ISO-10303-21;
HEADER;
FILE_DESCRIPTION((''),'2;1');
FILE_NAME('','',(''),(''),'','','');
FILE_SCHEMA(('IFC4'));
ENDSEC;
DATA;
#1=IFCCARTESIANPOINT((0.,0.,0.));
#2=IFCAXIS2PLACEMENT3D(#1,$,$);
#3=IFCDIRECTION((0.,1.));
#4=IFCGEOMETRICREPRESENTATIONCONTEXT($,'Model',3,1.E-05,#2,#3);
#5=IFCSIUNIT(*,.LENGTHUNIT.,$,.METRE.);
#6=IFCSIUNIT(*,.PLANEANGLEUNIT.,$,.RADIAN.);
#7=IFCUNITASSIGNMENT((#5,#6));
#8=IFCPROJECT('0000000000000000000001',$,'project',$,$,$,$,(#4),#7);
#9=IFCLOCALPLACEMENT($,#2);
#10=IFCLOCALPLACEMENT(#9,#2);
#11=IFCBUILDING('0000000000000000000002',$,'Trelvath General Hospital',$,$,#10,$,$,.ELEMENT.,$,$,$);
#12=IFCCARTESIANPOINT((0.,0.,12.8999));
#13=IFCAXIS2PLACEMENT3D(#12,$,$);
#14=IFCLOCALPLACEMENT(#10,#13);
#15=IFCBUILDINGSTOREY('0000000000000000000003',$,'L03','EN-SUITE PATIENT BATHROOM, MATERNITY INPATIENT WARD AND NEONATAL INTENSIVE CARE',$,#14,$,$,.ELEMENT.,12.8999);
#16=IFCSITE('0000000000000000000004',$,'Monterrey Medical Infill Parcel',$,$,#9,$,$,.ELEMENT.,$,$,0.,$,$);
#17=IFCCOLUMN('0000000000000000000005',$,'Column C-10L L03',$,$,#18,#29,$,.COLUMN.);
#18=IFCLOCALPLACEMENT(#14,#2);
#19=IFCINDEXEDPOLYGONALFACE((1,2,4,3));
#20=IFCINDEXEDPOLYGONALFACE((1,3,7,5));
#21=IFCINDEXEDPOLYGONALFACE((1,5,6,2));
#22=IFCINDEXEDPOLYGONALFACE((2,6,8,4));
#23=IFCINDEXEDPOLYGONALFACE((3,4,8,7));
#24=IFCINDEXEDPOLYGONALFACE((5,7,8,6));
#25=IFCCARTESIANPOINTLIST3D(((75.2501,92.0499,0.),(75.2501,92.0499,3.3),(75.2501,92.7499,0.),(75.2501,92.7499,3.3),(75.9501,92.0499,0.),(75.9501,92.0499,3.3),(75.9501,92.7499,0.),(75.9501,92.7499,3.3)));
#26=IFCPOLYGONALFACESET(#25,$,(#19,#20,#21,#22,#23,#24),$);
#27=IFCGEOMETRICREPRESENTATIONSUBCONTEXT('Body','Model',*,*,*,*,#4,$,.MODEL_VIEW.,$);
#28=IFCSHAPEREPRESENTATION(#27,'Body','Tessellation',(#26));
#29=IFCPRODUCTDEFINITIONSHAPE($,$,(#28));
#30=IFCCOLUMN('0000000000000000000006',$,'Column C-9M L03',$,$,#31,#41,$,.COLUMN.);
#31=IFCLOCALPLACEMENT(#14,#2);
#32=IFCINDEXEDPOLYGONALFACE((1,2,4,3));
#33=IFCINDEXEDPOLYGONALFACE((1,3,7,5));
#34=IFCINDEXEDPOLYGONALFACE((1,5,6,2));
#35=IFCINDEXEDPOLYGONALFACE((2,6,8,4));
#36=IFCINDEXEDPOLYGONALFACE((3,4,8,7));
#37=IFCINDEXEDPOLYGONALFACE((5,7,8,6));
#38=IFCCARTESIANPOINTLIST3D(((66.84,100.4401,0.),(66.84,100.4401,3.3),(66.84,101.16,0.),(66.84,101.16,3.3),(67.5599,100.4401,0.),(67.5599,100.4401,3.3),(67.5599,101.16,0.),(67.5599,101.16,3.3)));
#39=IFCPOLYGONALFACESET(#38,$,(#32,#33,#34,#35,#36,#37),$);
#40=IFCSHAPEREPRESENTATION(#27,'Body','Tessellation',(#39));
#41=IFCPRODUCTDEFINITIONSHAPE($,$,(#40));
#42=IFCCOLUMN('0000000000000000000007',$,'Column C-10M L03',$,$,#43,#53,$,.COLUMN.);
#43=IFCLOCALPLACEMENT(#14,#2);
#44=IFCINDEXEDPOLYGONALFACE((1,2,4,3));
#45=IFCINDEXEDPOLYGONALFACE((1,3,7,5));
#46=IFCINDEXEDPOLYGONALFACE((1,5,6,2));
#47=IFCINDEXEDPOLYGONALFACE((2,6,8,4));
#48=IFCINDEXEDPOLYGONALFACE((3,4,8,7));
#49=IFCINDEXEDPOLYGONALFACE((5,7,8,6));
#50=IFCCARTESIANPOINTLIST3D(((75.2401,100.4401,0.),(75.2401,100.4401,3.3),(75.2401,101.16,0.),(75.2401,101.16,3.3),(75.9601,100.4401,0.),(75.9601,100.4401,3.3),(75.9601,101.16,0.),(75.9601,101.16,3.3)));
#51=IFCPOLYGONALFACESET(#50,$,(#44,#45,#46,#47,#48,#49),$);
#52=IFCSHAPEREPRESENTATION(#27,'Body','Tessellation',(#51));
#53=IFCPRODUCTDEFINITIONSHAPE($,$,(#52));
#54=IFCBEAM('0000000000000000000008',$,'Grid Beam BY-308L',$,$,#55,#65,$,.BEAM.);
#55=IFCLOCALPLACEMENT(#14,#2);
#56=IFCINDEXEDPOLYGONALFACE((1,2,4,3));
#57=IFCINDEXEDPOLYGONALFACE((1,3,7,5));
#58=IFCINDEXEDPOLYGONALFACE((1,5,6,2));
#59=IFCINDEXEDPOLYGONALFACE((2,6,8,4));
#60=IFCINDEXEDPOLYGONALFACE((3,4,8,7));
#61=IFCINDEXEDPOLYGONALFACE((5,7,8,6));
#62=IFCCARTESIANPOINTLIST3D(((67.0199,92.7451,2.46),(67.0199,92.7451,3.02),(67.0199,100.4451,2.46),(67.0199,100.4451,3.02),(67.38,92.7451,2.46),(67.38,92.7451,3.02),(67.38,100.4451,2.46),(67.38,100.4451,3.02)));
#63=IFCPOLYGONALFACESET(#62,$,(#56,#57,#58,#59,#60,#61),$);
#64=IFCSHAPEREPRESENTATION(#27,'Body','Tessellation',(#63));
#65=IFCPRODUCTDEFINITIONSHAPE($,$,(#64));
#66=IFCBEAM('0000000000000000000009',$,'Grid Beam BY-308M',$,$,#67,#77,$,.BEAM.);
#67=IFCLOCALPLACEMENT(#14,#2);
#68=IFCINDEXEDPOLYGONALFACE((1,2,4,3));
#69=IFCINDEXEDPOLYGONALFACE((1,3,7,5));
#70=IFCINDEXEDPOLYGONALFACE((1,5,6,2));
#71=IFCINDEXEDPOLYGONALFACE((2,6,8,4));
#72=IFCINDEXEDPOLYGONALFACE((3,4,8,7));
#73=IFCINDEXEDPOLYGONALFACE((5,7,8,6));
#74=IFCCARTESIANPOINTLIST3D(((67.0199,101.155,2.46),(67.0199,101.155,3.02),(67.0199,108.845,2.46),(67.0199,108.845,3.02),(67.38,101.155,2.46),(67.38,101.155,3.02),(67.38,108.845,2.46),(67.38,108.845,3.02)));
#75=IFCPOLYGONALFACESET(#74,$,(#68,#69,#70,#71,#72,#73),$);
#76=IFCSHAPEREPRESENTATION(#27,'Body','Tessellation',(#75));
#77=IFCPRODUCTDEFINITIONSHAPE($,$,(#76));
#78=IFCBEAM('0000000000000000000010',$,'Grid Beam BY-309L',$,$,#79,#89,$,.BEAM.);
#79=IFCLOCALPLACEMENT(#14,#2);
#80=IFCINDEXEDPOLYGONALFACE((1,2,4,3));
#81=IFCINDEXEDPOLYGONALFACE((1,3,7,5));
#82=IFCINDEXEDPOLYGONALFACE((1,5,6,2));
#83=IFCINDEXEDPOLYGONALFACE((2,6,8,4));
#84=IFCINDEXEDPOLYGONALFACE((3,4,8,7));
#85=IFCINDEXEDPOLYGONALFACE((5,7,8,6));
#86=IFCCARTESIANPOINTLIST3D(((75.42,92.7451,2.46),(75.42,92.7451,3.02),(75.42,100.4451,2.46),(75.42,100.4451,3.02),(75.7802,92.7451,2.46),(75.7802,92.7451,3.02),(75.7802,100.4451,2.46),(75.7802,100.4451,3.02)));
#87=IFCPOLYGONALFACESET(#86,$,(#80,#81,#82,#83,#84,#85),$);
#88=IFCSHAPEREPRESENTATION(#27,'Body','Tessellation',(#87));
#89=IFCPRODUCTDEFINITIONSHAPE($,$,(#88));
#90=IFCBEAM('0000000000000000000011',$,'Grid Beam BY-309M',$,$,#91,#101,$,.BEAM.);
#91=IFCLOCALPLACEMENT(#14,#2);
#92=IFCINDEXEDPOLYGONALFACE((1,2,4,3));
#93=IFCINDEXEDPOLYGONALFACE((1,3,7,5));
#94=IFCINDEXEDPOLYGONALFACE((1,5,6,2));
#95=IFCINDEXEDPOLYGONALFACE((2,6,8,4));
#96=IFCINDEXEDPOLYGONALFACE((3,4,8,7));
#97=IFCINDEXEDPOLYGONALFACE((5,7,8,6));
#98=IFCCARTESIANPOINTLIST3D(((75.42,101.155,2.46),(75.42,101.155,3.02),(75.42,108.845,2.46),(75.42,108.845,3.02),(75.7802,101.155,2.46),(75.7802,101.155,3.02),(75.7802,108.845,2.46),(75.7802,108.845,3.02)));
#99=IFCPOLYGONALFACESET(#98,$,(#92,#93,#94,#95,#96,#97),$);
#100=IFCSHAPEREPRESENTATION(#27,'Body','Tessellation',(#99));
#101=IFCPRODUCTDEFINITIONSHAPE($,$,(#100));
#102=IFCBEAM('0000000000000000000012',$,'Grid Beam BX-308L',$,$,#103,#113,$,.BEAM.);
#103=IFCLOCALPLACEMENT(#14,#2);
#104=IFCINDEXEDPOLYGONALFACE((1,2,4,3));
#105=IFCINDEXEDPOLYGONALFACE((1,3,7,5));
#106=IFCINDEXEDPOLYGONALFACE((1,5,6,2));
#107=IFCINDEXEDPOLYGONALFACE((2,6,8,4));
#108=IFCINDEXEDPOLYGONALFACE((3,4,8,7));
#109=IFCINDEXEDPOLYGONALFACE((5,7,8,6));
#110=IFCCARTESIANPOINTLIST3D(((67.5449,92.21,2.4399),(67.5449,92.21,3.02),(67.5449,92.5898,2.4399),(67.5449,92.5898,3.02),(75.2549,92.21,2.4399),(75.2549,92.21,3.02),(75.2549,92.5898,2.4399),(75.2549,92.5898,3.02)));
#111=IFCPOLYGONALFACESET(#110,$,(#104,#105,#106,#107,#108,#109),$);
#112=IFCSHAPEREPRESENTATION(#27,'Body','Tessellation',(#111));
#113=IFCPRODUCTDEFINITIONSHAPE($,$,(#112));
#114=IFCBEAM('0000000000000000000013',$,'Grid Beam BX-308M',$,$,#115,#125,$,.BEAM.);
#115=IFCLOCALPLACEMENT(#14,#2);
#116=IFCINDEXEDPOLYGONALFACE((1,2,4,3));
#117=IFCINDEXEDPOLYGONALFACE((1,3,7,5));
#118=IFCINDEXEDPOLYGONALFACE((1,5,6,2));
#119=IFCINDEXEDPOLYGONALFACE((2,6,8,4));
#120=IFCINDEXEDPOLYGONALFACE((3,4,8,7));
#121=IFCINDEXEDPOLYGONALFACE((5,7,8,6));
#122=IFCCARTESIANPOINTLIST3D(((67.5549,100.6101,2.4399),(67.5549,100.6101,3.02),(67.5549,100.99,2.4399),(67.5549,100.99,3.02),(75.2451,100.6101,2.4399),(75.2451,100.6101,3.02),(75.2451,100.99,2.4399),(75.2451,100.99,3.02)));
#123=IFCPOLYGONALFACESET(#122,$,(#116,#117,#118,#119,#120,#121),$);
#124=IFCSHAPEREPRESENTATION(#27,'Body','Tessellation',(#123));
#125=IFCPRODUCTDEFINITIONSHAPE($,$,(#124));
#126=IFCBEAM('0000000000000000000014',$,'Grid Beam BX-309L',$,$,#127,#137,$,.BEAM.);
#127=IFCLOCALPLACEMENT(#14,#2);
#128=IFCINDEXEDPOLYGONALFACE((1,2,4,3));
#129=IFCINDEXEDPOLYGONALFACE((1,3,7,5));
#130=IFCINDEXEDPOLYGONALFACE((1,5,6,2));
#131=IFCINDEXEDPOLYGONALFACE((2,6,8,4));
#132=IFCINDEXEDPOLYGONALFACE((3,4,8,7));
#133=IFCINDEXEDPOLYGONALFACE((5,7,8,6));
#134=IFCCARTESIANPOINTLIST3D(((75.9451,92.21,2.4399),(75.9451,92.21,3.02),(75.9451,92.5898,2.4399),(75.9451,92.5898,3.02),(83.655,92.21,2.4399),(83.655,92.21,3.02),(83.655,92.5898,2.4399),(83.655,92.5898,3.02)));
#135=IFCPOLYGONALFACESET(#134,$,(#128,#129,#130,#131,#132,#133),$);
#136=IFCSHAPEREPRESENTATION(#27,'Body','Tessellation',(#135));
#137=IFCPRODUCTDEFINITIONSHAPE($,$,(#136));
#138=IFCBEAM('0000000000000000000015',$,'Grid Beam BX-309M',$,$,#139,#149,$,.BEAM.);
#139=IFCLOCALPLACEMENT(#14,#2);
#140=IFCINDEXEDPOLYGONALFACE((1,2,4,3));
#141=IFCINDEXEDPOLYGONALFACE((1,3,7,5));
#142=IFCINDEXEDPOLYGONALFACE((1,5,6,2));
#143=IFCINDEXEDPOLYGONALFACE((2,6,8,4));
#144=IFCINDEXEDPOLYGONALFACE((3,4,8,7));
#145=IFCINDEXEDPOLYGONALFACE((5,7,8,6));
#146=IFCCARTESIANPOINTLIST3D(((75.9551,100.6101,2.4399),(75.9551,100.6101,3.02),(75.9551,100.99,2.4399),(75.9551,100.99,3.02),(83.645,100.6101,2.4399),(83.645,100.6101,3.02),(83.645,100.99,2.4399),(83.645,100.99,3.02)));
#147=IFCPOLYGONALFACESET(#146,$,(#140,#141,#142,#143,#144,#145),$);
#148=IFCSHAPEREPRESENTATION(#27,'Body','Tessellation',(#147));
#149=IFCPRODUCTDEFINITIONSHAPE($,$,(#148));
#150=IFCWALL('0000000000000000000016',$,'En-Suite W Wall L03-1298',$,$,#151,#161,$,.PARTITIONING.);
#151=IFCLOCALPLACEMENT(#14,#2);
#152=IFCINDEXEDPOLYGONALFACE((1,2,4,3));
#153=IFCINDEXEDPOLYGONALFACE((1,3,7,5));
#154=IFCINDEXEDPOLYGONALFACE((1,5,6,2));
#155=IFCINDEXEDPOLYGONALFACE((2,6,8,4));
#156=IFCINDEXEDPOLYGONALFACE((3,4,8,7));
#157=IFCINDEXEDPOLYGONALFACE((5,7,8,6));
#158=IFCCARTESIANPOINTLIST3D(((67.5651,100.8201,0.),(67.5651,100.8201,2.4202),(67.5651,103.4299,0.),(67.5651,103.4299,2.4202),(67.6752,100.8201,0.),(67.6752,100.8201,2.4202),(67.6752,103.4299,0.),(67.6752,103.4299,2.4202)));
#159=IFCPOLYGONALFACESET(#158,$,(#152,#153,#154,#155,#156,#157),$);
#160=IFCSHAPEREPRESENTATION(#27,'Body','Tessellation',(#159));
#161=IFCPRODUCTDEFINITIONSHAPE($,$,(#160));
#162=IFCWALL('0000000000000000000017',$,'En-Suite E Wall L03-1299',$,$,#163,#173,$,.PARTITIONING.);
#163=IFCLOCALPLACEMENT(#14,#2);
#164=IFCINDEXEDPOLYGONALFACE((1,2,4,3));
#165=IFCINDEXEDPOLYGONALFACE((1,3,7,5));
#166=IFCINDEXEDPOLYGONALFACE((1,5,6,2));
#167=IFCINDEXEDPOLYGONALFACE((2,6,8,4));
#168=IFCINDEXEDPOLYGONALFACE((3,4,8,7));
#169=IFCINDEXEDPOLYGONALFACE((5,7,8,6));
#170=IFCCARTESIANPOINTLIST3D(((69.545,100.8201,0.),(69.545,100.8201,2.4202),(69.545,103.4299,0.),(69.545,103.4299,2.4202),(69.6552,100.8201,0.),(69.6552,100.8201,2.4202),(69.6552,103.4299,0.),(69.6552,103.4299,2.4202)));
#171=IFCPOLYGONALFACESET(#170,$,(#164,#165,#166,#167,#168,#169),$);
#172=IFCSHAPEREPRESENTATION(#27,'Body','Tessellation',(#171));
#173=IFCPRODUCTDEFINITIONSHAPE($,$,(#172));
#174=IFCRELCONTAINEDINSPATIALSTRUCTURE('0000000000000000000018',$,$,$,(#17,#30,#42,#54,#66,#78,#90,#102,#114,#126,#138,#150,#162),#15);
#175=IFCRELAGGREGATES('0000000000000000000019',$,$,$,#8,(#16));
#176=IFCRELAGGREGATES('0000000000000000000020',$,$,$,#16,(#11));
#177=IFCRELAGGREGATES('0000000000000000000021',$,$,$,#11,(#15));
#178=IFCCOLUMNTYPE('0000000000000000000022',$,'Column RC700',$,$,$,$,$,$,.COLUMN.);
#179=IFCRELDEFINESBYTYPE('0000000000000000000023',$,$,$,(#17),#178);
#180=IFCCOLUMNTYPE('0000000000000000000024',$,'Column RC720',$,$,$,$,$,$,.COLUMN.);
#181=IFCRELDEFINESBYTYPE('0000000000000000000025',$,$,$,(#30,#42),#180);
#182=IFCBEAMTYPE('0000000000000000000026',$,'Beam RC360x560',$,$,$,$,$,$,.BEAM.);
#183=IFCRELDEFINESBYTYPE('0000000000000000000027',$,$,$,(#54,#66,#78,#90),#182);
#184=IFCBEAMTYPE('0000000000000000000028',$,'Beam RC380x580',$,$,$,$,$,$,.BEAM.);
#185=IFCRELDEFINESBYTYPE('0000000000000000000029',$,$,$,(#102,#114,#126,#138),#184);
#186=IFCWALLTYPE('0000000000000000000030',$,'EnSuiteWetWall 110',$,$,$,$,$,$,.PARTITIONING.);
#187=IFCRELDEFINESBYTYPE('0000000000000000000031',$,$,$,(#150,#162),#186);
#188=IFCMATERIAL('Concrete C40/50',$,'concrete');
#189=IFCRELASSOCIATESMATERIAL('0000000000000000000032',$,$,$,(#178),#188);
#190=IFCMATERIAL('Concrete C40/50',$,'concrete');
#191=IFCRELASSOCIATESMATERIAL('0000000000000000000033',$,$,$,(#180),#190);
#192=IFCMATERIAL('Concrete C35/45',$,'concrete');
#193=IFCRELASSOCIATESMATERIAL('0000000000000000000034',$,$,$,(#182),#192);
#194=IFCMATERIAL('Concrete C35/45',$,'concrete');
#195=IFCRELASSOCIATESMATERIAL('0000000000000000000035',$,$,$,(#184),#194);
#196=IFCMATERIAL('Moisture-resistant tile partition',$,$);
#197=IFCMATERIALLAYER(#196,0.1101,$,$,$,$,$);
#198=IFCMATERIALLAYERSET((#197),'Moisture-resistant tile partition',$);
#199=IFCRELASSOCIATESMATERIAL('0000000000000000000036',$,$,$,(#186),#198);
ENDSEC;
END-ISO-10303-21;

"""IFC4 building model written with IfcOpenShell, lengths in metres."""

from ifc_helpers import new_model, si_unit, direction, frame, frame_2d, origin, origin_2d, place, context, subcontext, project, spatial, rectangle, extrude, material, layer, layer_set, material_profile, profile_set, type_object, element, save


model = new_model("IFC4")

# Units and contexts
model_context = context("Model", 3, precision=1e-05, world=origin(), true_north=direction((0.0, 1.0)))
body_context = subcontext(model_context, "Body", "Model", "MODEL_VIEW")
ifc_project = project(units=[si_unit("LENGTHUNIT", "METRE"), si_unit("PLANEANGLEUNIT", "RADIAN")], contexts=[model_context])

# Site, building, storey
site_placement = place(None, origin())
site = spatial("IfcSite", under=ifc_project, at=site_placement, Name="Monterrey Medical Infill Parcel", CompositionType="ELEMENT", RefElevation=0.0)
building_placement = place(site_placement, origin())
building = spatial("IfcBuilding", under=site, at=building_placement, Name="Trelvath General Hospital", CompositionType="ELEMENT")
storey_placement = place(building_placement, frame((0.0, 0.0, 12.8999)))
storey = spatial("IfcBuildingStorey", under=building, at=storey_placement, Name="L03", Description="EN-SUITE PATIENT BATHROOM, MATERNITY INPATIENT WARD AND NEONATAL INTENSIVE CARE", CompositionType="ELEMENT", Elevation=12.8999)

# Columns
ifc_material_1 = material(Name="Concrete C40/50", Category="concrete")
ifc_material_profile_1 = material_profile(ifc_material_1, rectangle(XDim=0.7, YDim=0.7, at=origin_2d()), Name="RC700x700")
ifc_profile_set_1 = profile_set([ifc_material_profile_1], Name="Concrete C40/50")
column_type_1 = type_object("IfcColumnType", Name="Column RC700", PredefinedType="COLUMN", material=ifc_profile_set_1)
column_placement = place(storey_placement, frame((75.6001, 92.3999, 0.0), z_axis=(0.0, 0.0, 1.0), x_axis=(1.0, 0.0, 0.0)))
element("IfcColumn", 1, at=column_placement, inside=storey, type_object=column_type_1, Name="Column C-10L L03", PredefinedType="COLUMN", context=body_context, shape_type="SweptSolid", body=[
    extrude(rectangle(XDim=0.7, YDim=0.7, at=origin_2d()), origin(), (0.0, 0.0, 1.0), 3.3),
])
ifc_material_2 = material(Name="Concrete C40/50", Category="concrete")
ifc_material_profile_2 = material_profile(ifc_material_2, rectangle(XDim=0.72, YDim=0.72, at=origin_2d()), Name="RC720x720")
ifc_profile_set_2 = profile_set([ifc_material_profile_2], Name="Concrete C40/50")
column_type_2 = type_object("IfcColumnType", Name="Column RC720", PredefinedType="COLUMN", material=ifc_profile_set_2)
for number, where, z_axis, x_axis, name in (
    (2, (67.2, 100.8, 0.0), (0.0, 0.0, 1.0), (1.0, 0.0, 0.0), "Column C-9M L03"),
    (3, (75.6001, 100.8, 0.0), (0.0, 0.0, 1.0), (1.0, 0.0, 0.0), "Column C-10M L03"),
):
    element("IfcColumn", number, at=place(storey_placement, frame(where, z_axis=z_axis, x_axis=x_axis)), inside=storey, type_object=column_type_2, Name=name, PredefinedType="COLUMN", context=body_context, shape_type="SweptSolid", body=[
        extrude(rectangle(XDim=0.72, YDim=0.72, at=origin_2d()), origin(), (0.0, 0.0, 1.0), 3.3),
    ])

# Beams
ifc_material_3 = material(Name="Concrete C35/45", Category="concrete")
ifc_material_profile_3 = material_profile(ifc_material_3, rectangle(XDim=0.3601, YDim=0.5601, at=origin_2d()), Name="RCB360x560")
ifc_profile_set_3 = profile_set([ifc_material_profile_3], Name="Concrete C35/45")
beam_type_1 = type_object("IfcBeamType", Name="Beam RC360x560", PredefinedType="BEAM", material=ifc_profile_set_3)
beam_1_placement = place(storey_placement, frame((67.2, 92.7451, 2.74), z_axis=(0.0, 1.0, 0.0), x_axis=(-1.0, 0.0, 0.0)))
element("IfcBeam", 4, at=beam_1_placement, inside=storey, type_object=beam_type_1, Name="Grid Beam BY-308L", PredefinedType="BEAM", context=body_context, shape_type="SweptSolid", body=[
    extrude(rectangle(XDim=0.3601, YDim=0.5601, at=origin_2d()), origin(), (0.0, 0.0, 1.0), 7.7),
])
beam_2_placement = place(storey_placement, frame((67.2, 101.155, 2.74), z_axis=(0.0, 1.0, 0.0), x_axis=(-1.0, 0.0, 0.0)))
element("IfcBeam", 5, at=beam_2_placement, inside=storey, type_object=beam_type_1, Name="Grid Beam BY-308M", PredefinedType="BEAM", context=body_context, shape_type="SweptSolid", body=[
    extrude(rectangle(XDim=0.3601, YDim=0.5601, at=origin_2d()), origin(), (0.0, 0.0, 1.0), 7.6899),
])
beam_3_placement = place(storey_placement, frame((75.6001, 92.7451, 2.74), z_axis=(0.0, 1.0, 0.0), x_axis=(-1.0, 0.0, 0.0)))
element("IfcBeam", 6, at=beam_3_placement, inside=storey, type_object=beam_type_1, Name="Grid Beam BY-309L", PredefinedType="BEAM", context=body_context, shape_type="SweptSolid", body=[
    extrude(rectangle(XDim=0.3601, YDim=0.5601, at=origin_2d()), origin(), (0.0, 0.0, 1.0), 7.7),
])
beam_4_placement = place(storey_placement, frame((75.6001, 101.155, 2.74), z_axis=(0.0, 1.0, 0.0), x_axis=(-1.0, 0.0, 0.0)))
element("IfcBeam", 7, at=beam_4_placement, inside=storey, type_object=beam_type_1, Name="Grid Beam BY-309M", PredefinedType="BEAM", context=body_context, shape_type="SweptSolid", body=[
    extrude(rectangle(XDim=0.3601, YDim=0.5601, at=origin_2d()), origin(), (0.0, 0.0, 1.0), 7.6899),
])
ifc_material_4 = material(Name="Concrete C35/45", Category="concrete")
ifc_material_profile_4 = material_profile(ifc_material_4, rectangle(XDim=0.3799, YDim=0.5801, at=origin_2d()), Name="RCB380x580")
ifc_profile_set_4 = profile_set([ifc_material_profile_4], Name="Concrete C35/45")
beam_type_2 = type_object("IfcBeamType", Name="Beam RC380x580", PredefinedType="BEAM", material=ifc_profile_set_4)
beam_5_placement = place(storey_placement, frame((67.5449, 92.3999, 2.73), z_axis=(1.0, 0.0, 0.0), x_axis=(0.0, 1.0, 0.0)))
element("IfcBeam", 8, at=beam_5_placement, inside=storey, type_object=beam_type_2, Name="Grid Beam BX-308L", PredefinedType="BEAM", context=body_context, shape_type="SweptSolid", body=[
    extrude(rectangle(XDim=0.3799, YDim=0.5801, at=origin_2d()), origin(), (0.0, 0.0, 1.0), 7.71),
])
beam_6_placement = place(storey_placement, frame((67.5549, 100.8, 2.73), z_axis=(1.0, 0.0, 0.0), x_axis=(0.0, 1.0, 0.0)))
element("IfcBeam", 9, at=beam_6_placement, inside=storey, type_object=beam_type_2, Name="Grid Beam BX-308M", PredefinedType="BEAM", context=body_context, shape_type="SweptSolid", body=[
    extrude(rectangle(XDim=0.3799, YDim=0.5801, at=origin_2d()), origin(), (0.0, 0.0, 1.0), 7.6902),
])
beam_7_placement = place(storey_placement, frame((75.9451, 92.3999, 2.73), z_axis=(1.0, 0.0, 0.0), x_axis=(0.0, 1.0, 0.0)))
element("IfcBeam", 10, at=beam_7_placement, inside=storey, type_object=beam_type_2, Name="Grid Beam BX-309L", PredefinedType="BEAM", context=body_context, shape_type="SweptSolid", body=[
    extrude(rectangle(XDim=0.3799, YDim=0.5801, at=origin_2d()), origin(), (0.0, 0.0, 1.0), 7.71),
])
beam_8_placement = place(storey_placement, frame((75.9551, 100.8, 2.73), z_axis=(1.0, 0.0, 0.0), x_axis=(0.0, 1.0, 0.0)))
element("IfcBeam", 11, at=beam_8_placement, inside=storey, type_object=beam_type_2, Name="Grid Beam BX-309M", PredefinedType="BEAM", context=body_context, shape_type="SweptSolid", body=[
    extrude(rectangle(XDim=0.3799, YDim=0.5801, at=origin_2d()), origin(), (0.0, 0.0, 1.0), 7.6899),
])

# Walls
ifc_material_5 = material(Name="Moisture-resistant tile partition")
ifc_layer_1 = layer(ifc_material_5, 0.1101)
ifc_layer_set_1 = layer_set([ifc_layer_1], Name="Moisture-resistant tile partition")
wall_type_1 = type_object("IfcWallType", Name="EnSuiteWetWall 110", PredefinedType="PARTITIONING", material=ifc_layer_set_1)
for number, where, z_axis, x_axis, name in (
    (12, (67.6201, 100.8201, 0.0), (0.0, 0.0, 1.0), (0.0, 1.0, 0.0), "En-Suite W Wall L03-1298"),
    (13, (69.6001, 100.8201, 0.0), (0.0, 0.0, 1.0), (0.0, 1.0, 0.0), "En-Suite E Wall L03-1299"),
):
    element("IfcWall", number, at=place(storey_placement, frame(where, z_axis=z_axis, x_axis=x_axis)), inside=storey, type_object=wall_type_1, Name=name, PredefinedType="PARTITIONING", context=body_context, shape_type="SweptSolid", body=[
        extrude(rectangle(XDim=2.6099, YDim=0.1101, at=frame_2d((1.3049, 0.0))), origin(), (0.0, 0.0, 1.0), 2.4202),
    ])

save(model, "model.ifc")
